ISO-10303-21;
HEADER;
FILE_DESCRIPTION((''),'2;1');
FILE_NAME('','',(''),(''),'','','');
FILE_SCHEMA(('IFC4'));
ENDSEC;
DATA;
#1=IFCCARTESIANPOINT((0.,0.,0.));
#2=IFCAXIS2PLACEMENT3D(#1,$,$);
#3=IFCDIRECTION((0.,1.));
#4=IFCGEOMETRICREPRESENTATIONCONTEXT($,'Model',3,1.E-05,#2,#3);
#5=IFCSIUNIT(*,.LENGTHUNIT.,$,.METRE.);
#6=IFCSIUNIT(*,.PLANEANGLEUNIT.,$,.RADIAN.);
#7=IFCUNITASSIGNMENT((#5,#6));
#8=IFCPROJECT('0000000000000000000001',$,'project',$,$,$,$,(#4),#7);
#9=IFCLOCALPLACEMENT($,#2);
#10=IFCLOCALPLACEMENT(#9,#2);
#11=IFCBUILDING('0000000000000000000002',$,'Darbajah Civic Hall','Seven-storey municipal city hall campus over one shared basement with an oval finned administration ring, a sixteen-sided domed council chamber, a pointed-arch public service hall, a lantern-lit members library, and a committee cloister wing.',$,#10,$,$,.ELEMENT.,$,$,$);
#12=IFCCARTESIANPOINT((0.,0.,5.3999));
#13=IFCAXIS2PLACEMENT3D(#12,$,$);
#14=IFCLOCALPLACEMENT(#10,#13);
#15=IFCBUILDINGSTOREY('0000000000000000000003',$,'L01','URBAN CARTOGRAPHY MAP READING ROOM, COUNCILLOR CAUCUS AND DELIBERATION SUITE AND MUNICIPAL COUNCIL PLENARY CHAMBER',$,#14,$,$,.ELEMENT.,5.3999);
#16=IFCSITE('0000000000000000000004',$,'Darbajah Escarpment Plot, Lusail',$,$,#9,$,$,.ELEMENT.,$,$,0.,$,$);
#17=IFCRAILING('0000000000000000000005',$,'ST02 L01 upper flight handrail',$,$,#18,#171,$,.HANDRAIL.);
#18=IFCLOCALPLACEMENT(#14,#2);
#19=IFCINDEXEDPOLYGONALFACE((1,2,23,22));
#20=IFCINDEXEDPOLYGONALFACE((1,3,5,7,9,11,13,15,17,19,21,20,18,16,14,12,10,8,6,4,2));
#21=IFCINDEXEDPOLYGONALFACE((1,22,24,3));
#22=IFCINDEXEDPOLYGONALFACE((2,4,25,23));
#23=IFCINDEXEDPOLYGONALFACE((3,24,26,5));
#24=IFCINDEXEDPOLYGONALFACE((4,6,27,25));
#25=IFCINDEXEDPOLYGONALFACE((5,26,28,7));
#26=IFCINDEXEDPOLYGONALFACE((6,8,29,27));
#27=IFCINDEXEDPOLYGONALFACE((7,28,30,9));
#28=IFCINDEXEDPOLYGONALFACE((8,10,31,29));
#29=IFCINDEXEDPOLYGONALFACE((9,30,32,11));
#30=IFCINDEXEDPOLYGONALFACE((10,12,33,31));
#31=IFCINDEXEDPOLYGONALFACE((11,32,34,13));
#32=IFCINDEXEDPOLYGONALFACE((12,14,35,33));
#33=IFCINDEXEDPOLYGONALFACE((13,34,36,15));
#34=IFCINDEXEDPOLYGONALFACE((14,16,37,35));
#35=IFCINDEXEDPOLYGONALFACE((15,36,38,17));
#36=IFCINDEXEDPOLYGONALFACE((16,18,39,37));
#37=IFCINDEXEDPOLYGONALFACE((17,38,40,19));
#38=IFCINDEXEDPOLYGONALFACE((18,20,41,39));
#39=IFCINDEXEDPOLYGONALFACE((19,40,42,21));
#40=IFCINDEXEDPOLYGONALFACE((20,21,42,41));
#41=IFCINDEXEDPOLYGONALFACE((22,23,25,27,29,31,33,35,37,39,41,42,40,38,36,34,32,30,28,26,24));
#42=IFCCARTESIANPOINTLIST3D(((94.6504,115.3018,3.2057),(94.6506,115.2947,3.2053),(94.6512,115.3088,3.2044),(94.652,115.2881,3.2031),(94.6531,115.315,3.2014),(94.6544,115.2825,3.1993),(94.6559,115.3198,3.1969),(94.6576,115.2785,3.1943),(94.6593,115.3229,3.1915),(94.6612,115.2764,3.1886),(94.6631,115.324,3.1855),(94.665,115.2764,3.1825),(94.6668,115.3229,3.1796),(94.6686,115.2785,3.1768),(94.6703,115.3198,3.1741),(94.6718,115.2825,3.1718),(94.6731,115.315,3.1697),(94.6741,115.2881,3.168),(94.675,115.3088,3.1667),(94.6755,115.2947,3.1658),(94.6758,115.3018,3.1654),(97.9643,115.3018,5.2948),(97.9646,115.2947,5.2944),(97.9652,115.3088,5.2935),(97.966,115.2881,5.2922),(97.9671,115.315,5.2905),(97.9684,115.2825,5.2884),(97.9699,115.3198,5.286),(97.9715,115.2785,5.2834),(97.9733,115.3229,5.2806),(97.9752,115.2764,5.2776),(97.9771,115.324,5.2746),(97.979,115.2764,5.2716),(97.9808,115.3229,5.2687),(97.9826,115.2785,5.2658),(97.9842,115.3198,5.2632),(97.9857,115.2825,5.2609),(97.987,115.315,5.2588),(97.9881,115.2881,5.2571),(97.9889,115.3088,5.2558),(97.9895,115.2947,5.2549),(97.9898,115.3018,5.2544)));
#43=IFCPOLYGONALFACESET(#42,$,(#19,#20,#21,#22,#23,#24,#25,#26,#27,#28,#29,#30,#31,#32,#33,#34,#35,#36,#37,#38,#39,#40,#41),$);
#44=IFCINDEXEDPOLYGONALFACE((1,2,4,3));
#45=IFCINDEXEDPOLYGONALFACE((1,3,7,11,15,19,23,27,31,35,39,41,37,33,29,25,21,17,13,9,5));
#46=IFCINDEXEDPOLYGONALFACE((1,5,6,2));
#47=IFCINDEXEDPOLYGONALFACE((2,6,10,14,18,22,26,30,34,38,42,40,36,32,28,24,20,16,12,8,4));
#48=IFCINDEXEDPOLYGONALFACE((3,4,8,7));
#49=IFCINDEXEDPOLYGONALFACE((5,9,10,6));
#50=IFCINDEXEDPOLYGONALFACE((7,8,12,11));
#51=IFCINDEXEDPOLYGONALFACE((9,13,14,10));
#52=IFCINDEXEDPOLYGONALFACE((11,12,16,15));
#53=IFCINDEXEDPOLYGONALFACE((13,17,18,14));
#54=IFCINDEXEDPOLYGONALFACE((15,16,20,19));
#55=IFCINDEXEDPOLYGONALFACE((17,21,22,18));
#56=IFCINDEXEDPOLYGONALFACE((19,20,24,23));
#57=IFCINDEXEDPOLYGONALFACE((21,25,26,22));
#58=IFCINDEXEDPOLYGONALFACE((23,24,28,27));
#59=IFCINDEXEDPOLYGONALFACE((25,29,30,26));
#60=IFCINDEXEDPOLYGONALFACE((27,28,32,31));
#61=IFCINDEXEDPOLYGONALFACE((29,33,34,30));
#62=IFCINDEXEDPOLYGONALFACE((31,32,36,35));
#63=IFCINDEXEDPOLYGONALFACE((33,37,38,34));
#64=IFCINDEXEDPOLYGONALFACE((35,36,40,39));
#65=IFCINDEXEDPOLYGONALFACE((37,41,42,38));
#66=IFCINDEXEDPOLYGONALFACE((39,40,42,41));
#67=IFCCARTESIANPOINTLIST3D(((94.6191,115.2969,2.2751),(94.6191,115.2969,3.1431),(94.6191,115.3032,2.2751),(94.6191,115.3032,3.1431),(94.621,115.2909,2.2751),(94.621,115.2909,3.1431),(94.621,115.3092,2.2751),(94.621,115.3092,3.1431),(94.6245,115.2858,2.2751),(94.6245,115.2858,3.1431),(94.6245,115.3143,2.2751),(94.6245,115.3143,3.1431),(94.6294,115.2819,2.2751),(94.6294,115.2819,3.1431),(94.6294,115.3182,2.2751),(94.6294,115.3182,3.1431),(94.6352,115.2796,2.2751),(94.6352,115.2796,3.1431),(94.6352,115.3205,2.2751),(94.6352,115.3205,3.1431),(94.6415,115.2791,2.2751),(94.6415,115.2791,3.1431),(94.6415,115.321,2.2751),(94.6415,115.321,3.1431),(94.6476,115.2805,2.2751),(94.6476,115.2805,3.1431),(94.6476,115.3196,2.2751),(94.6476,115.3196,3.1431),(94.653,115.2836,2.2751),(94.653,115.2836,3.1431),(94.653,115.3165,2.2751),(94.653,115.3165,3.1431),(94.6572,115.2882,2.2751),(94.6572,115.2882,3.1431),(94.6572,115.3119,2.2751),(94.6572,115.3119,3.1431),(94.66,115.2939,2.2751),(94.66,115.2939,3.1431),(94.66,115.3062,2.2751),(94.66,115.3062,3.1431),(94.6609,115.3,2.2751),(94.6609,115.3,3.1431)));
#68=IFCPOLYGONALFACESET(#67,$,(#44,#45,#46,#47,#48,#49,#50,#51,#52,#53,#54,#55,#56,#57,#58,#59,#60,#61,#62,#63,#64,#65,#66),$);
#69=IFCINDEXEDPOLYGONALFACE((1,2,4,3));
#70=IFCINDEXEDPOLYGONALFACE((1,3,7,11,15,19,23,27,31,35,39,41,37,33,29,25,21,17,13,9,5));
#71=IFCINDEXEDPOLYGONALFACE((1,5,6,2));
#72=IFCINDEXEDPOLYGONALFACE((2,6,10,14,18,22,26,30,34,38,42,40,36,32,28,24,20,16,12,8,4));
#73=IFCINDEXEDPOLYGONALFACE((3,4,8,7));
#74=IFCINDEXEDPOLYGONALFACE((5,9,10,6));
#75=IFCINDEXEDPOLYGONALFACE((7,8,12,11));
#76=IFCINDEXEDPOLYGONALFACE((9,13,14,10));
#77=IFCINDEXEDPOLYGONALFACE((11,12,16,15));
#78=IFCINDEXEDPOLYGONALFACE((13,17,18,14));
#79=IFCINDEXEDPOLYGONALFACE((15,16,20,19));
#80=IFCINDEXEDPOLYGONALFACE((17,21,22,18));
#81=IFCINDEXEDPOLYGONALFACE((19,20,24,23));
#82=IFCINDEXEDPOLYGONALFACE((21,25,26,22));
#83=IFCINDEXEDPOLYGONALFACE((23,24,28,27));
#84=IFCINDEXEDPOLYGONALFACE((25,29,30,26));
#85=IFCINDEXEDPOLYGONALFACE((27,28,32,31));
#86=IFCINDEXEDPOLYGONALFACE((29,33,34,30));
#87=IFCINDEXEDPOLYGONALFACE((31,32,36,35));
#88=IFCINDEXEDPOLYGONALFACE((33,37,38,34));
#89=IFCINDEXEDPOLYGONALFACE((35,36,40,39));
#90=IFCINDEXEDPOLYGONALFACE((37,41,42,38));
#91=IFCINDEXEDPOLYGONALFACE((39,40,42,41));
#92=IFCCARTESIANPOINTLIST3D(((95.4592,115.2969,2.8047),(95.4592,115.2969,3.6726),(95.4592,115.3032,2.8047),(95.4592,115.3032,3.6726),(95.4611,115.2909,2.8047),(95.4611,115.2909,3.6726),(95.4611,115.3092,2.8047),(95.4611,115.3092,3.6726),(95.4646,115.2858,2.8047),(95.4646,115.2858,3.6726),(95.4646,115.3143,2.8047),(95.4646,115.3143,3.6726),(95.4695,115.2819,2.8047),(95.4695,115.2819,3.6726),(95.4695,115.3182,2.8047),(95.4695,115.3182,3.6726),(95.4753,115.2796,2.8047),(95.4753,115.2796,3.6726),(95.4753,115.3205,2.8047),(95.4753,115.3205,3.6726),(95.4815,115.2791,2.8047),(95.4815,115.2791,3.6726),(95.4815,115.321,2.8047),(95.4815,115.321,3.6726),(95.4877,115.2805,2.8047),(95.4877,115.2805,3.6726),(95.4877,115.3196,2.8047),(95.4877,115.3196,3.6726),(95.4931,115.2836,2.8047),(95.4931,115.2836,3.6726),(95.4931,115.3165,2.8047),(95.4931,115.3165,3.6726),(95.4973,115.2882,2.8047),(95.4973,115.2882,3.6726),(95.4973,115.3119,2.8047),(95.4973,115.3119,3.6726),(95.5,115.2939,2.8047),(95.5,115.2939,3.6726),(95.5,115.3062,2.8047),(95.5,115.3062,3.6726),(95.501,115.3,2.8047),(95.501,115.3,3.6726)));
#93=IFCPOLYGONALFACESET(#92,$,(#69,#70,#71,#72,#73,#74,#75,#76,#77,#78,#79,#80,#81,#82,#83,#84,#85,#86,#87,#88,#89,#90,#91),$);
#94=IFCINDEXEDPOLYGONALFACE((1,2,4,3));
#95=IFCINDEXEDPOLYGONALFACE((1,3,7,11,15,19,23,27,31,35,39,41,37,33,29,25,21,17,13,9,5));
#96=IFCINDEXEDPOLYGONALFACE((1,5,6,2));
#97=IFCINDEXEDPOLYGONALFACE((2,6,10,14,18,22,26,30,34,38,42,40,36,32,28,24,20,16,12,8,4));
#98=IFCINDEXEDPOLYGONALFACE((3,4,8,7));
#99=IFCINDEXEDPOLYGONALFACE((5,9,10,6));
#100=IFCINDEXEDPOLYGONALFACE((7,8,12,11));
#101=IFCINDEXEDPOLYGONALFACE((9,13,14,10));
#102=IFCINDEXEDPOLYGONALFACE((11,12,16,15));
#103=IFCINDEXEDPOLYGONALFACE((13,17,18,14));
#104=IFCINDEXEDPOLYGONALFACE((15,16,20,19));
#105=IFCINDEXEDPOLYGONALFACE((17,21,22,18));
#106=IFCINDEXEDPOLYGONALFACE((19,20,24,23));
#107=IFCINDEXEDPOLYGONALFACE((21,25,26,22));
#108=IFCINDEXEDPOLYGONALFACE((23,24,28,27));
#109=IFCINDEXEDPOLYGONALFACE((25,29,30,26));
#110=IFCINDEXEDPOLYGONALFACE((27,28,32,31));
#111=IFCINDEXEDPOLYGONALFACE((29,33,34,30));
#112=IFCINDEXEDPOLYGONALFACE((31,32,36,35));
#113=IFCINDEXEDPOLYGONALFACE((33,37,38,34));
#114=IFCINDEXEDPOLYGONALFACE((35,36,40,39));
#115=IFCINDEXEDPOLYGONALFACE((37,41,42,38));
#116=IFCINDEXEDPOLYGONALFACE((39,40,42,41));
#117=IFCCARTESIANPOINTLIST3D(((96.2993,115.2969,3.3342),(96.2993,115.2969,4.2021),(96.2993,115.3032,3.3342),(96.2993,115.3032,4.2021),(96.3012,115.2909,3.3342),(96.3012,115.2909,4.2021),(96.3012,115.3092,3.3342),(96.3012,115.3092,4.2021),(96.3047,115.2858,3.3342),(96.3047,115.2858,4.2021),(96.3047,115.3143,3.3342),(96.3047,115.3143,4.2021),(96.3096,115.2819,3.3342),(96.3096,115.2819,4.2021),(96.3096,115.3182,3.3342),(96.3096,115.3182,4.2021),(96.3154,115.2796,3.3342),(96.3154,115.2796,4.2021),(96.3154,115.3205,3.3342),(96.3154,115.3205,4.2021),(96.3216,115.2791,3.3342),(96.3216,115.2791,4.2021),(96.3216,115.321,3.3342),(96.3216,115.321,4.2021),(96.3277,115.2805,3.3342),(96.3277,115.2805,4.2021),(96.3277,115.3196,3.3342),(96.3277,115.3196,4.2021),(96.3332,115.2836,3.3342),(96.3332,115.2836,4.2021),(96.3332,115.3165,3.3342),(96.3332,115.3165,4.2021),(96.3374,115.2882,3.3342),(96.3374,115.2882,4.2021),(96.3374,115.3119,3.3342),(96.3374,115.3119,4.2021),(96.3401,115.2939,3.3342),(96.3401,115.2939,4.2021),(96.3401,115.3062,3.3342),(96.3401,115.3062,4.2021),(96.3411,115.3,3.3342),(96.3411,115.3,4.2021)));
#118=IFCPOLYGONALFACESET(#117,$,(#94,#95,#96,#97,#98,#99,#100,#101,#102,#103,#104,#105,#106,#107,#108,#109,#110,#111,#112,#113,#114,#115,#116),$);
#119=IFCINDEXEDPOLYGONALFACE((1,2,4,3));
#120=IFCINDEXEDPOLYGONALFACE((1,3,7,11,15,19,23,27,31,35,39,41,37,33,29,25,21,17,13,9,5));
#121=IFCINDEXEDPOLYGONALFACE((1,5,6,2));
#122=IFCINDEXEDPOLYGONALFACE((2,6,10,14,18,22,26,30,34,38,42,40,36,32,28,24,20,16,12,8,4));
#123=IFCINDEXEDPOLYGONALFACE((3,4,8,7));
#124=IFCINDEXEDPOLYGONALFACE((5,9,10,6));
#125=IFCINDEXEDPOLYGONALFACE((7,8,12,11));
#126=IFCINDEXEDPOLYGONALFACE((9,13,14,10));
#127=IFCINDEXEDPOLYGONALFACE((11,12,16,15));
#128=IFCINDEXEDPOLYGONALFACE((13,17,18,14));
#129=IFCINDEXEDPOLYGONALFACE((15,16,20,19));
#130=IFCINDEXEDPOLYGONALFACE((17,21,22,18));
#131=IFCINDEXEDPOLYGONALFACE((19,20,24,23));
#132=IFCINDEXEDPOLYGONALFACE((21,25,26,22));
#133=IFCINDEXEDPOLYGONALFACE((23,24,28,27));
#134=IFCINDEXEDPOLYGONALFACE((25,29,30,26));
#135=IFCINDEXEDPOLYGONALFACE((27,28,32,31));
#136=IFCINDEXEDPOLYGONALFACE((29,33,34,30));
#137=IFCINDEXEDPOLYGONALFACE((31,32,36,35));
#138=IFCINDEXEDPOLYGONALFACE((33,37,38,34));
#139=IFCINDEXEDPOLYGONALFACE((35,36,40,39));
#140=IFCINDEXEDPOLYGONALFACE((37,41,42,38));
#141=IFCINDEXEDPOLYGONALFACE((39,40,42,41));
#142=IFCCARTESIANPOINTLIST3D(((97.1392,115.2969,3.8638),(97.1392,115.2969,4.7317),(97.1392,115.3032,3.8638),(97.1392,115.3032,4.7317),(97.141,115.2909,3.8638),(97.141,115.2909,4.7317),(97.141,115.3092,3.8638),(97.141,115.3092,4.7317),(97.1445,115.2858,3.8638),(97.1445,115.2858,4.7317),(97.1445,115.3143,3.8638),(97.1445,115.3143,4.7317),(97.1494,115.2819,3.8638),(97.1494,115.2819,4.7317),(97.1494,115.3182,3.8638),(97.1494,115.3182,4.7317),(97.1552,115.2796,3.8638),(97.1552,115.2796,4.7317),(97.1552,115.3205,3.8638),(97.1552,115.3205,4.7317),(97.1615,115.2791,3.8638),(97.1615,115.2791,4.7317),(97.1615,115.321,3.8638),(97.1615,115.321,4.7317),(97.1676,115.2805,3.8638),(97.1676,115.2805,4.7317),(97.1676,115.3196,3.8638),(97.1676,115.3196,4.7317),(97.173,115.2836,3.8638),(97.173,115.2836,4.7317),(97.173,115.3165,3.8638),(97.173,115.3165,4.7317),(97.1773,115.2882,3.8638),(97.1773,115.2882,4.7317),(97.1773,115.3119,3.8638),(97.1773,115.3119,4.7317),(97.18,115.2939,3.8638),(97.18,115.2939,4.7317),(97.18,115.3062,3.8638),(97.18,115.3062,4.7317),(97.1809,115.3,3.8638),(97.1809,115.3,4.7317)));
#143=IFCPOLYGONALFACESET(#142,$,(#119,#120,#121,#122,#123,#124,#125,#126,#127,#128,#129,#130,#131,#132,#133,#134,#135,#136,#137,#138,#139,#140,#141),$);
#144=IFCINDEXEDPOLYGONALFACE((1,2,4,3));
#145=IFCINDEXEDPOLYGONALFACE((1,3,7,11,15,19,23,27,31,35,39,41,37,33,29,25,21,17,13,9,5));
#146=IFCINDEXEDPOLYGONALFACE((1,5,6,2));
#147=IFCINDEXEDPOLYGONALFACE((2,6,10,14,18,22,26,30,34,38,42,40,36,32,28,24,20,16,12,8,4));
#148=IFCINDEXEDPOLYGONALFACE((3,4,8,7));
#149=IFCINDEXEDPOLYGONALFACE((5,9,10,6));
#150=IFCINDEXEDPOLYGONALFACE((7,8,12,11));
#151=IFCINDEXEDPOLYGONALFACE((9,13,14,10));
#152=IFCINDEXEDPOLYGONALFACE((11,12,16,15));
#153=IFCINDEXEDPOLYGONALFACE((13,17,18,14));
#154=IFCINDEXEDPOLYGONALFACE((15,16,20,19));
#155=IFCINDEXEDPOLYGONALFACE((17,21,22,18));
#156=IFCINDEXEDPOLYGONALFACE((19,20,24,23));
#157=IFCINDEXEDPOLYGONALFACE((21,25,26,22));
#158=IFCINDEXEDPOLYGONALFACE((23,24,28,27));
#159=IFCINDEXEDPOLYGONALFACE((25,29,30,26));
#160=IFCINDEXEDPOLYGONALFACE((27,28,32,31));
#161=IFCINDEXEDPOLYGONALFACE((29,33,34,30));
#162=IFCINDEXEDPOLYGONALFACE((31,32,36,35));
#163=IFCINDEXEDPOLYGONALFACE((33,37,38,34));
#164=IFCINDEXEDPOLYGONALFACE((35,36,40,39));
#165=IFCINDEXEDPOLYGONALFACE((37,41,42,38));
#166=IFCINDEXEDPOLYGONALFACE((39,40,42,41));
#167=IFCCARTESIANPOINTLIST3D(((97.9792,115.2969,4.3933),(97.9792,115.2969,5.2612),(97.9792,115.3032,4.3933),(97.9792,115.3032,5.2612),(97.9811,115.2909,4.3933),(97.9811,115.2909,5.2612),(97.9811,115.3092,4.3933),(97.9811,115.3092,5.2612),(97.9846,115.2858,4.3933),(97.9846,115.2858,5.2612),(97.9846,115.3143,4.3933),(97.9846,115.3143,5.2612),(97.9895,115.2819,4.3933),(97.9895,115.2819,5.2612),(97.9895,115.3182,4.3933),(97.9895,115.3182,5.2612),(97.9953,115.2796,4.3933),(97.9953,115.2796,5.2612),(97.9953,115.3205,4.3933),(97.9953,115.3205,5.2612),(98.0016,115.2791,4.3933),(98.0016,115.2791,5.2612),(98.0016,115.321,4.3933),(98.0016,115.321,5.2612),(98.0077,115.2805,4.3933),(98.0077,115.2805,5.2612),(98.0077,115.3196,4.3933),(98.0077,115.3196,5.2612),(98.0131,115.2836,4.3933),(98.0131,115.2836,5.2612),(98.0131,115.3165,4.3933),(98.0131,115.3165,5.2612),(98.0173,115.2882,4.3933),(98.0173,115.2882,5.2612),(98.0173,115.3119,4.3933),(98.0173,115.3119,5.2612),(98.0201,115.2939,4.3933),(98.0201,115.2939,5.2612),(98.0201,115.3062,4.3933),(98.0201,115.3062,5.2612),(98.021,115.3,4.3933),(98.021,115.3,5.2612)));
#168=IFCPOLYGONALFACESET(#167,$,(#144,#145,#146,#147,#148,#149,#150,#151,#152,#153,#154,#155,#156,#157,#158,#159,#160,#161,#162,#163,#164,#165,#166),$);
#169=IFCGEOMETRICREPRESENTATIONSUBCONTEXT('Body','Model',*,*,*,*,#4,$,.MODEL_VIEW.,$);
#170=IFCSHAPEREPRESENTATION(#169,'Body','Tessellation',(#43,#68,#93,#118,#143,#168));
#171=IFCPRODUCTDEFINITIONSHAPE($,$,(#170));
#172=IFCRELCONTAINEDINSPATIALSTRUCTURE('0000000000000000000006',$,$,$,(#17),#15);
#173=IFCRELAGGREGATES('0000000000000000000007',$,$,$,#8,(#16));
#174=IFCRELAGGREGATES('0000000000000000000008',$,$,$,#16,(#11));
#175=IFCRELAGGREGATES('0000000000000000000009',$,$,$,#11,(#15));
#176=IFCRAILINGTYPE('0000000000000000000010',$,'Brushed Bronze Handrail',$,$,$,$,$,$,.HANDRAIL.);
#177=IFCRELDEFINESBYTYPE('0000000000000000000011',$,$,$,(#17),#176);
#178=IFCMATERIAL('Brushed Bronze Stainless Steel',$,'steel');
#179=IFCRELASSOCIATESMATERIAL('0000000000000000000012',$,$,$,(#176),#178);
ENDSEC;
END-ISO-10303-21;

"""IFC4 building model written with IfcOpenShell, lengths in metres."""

from ifc_helpers import new_model, si_unit, direction, frame, origin, origin_2d, place, context, subcontext, project, spatial, circle, extrude, material, type_object, element, save


model = new_model("IFC4")

# Units and contexts
model_context = context("Model", 3, precision=1e-05, world=origin(), true_north=direction((0.0, 1.0)))
body_context = subcontext(model_context, "Body", "Model", "MODEL_VIEW")
ifc_project = project(units=[si_unit("LENGTHUNIT", "METRE"), si_unit("PLANEANGLEUNIT", "RADIAN")], contexts=[model_context])

# Site, building, storey
site_placement = place(None, origin())
site = spatial("IfcSite", under=ifc_project, at=site_placement, Name="Darbajah Escarpment Plot, Lusail", CompositionType="ELEMENT", RefElevation=0.0)
building_placement = place(site_placement, origin())
building = spatial("IfcBuilding", under=site, at=building_placement, Name="Darbajah Civic Hall", Description="Seven-storey municipal city hall campus over one shared basement with an oval finned administration ring, a sixteen-sided domed council chamber, a pointed-arch public service hall, a lantern-lit members library, and a committee cloister wing.", CompositionType="ELEMENT")
storey_placement = place(building_placement, frame((0.0, 0.0, 5.3999)))
storey = spatial("IfcBuildingStorey", under=building, at=storey_placement, Name="L01", Description="URBAN CARTOGRAPHY MAP READING ROOM, COUNCILLOR CAUCUS AND DELIBERATION SUITE AND MUNICIPAL COUNCIL PLENARY CHAMBER", CompositionType="ELEMENT", Elevation=5.3999)

# Railing
ifc_material_1 = material(Name="Brushed Bronze Stainless Steel", Category="steel")
railing_type_1 = type_object("IfcRailingType", Name="Brushed Bronze Handrail", PredefinedType="HANDRAIL", material=ifc_material_1)
railing_1_placement = place(storey_placement, frame((94.6399, 115.3, 2.2751)))
element("IfcRailing", 1, at=railing_1_placement, inside=storey, type_object=railing_type_1, Name="ST02 L01 upper flight handrail", PredefinedType="HANDRAIL", context=body_context, shape_type="SweptSolid", body=[
    extrude(circle(Radius=0.0239, at=origin_2d()), frame((0.0232, 0.0, 0.9104), z_axis=(0.845944, 0.0, 0.533271), x_axis=(0.0, 1.0, 0.0)), (0.0, 0.0, 1.0), 3.9175),
    extrude(circle(Radius=0.021, at=origin_2d()), origin(), (0.0, 0.0, 1.0), 0.8679),
    extrude(circle(Radius=0.021, at=origin_2d()), frame((0.8401, 0.0, 0.5295)), (0.0, 0.0, 1.0), 0.8679),
    extrude(circle(Radius=0.021, at=origin_2d()), frame((1.6802, 0.0, 1.0591)), (0.0, 0.0, 1.0), 0.8679),
    extrude(circle(Radius=0.021, at=origin_2d()), frame((2.52, 0.0, 1.5886)), (0.0, 0.0, 1.0), 0.8679),
    extrude(circle(Radius=0.021, at=origin_2d()), frame((3.3601, 0.0, 2.1182)), (0.0, 0.0, 1.0), 0.8679),
])

save(model, "model.ifc")
